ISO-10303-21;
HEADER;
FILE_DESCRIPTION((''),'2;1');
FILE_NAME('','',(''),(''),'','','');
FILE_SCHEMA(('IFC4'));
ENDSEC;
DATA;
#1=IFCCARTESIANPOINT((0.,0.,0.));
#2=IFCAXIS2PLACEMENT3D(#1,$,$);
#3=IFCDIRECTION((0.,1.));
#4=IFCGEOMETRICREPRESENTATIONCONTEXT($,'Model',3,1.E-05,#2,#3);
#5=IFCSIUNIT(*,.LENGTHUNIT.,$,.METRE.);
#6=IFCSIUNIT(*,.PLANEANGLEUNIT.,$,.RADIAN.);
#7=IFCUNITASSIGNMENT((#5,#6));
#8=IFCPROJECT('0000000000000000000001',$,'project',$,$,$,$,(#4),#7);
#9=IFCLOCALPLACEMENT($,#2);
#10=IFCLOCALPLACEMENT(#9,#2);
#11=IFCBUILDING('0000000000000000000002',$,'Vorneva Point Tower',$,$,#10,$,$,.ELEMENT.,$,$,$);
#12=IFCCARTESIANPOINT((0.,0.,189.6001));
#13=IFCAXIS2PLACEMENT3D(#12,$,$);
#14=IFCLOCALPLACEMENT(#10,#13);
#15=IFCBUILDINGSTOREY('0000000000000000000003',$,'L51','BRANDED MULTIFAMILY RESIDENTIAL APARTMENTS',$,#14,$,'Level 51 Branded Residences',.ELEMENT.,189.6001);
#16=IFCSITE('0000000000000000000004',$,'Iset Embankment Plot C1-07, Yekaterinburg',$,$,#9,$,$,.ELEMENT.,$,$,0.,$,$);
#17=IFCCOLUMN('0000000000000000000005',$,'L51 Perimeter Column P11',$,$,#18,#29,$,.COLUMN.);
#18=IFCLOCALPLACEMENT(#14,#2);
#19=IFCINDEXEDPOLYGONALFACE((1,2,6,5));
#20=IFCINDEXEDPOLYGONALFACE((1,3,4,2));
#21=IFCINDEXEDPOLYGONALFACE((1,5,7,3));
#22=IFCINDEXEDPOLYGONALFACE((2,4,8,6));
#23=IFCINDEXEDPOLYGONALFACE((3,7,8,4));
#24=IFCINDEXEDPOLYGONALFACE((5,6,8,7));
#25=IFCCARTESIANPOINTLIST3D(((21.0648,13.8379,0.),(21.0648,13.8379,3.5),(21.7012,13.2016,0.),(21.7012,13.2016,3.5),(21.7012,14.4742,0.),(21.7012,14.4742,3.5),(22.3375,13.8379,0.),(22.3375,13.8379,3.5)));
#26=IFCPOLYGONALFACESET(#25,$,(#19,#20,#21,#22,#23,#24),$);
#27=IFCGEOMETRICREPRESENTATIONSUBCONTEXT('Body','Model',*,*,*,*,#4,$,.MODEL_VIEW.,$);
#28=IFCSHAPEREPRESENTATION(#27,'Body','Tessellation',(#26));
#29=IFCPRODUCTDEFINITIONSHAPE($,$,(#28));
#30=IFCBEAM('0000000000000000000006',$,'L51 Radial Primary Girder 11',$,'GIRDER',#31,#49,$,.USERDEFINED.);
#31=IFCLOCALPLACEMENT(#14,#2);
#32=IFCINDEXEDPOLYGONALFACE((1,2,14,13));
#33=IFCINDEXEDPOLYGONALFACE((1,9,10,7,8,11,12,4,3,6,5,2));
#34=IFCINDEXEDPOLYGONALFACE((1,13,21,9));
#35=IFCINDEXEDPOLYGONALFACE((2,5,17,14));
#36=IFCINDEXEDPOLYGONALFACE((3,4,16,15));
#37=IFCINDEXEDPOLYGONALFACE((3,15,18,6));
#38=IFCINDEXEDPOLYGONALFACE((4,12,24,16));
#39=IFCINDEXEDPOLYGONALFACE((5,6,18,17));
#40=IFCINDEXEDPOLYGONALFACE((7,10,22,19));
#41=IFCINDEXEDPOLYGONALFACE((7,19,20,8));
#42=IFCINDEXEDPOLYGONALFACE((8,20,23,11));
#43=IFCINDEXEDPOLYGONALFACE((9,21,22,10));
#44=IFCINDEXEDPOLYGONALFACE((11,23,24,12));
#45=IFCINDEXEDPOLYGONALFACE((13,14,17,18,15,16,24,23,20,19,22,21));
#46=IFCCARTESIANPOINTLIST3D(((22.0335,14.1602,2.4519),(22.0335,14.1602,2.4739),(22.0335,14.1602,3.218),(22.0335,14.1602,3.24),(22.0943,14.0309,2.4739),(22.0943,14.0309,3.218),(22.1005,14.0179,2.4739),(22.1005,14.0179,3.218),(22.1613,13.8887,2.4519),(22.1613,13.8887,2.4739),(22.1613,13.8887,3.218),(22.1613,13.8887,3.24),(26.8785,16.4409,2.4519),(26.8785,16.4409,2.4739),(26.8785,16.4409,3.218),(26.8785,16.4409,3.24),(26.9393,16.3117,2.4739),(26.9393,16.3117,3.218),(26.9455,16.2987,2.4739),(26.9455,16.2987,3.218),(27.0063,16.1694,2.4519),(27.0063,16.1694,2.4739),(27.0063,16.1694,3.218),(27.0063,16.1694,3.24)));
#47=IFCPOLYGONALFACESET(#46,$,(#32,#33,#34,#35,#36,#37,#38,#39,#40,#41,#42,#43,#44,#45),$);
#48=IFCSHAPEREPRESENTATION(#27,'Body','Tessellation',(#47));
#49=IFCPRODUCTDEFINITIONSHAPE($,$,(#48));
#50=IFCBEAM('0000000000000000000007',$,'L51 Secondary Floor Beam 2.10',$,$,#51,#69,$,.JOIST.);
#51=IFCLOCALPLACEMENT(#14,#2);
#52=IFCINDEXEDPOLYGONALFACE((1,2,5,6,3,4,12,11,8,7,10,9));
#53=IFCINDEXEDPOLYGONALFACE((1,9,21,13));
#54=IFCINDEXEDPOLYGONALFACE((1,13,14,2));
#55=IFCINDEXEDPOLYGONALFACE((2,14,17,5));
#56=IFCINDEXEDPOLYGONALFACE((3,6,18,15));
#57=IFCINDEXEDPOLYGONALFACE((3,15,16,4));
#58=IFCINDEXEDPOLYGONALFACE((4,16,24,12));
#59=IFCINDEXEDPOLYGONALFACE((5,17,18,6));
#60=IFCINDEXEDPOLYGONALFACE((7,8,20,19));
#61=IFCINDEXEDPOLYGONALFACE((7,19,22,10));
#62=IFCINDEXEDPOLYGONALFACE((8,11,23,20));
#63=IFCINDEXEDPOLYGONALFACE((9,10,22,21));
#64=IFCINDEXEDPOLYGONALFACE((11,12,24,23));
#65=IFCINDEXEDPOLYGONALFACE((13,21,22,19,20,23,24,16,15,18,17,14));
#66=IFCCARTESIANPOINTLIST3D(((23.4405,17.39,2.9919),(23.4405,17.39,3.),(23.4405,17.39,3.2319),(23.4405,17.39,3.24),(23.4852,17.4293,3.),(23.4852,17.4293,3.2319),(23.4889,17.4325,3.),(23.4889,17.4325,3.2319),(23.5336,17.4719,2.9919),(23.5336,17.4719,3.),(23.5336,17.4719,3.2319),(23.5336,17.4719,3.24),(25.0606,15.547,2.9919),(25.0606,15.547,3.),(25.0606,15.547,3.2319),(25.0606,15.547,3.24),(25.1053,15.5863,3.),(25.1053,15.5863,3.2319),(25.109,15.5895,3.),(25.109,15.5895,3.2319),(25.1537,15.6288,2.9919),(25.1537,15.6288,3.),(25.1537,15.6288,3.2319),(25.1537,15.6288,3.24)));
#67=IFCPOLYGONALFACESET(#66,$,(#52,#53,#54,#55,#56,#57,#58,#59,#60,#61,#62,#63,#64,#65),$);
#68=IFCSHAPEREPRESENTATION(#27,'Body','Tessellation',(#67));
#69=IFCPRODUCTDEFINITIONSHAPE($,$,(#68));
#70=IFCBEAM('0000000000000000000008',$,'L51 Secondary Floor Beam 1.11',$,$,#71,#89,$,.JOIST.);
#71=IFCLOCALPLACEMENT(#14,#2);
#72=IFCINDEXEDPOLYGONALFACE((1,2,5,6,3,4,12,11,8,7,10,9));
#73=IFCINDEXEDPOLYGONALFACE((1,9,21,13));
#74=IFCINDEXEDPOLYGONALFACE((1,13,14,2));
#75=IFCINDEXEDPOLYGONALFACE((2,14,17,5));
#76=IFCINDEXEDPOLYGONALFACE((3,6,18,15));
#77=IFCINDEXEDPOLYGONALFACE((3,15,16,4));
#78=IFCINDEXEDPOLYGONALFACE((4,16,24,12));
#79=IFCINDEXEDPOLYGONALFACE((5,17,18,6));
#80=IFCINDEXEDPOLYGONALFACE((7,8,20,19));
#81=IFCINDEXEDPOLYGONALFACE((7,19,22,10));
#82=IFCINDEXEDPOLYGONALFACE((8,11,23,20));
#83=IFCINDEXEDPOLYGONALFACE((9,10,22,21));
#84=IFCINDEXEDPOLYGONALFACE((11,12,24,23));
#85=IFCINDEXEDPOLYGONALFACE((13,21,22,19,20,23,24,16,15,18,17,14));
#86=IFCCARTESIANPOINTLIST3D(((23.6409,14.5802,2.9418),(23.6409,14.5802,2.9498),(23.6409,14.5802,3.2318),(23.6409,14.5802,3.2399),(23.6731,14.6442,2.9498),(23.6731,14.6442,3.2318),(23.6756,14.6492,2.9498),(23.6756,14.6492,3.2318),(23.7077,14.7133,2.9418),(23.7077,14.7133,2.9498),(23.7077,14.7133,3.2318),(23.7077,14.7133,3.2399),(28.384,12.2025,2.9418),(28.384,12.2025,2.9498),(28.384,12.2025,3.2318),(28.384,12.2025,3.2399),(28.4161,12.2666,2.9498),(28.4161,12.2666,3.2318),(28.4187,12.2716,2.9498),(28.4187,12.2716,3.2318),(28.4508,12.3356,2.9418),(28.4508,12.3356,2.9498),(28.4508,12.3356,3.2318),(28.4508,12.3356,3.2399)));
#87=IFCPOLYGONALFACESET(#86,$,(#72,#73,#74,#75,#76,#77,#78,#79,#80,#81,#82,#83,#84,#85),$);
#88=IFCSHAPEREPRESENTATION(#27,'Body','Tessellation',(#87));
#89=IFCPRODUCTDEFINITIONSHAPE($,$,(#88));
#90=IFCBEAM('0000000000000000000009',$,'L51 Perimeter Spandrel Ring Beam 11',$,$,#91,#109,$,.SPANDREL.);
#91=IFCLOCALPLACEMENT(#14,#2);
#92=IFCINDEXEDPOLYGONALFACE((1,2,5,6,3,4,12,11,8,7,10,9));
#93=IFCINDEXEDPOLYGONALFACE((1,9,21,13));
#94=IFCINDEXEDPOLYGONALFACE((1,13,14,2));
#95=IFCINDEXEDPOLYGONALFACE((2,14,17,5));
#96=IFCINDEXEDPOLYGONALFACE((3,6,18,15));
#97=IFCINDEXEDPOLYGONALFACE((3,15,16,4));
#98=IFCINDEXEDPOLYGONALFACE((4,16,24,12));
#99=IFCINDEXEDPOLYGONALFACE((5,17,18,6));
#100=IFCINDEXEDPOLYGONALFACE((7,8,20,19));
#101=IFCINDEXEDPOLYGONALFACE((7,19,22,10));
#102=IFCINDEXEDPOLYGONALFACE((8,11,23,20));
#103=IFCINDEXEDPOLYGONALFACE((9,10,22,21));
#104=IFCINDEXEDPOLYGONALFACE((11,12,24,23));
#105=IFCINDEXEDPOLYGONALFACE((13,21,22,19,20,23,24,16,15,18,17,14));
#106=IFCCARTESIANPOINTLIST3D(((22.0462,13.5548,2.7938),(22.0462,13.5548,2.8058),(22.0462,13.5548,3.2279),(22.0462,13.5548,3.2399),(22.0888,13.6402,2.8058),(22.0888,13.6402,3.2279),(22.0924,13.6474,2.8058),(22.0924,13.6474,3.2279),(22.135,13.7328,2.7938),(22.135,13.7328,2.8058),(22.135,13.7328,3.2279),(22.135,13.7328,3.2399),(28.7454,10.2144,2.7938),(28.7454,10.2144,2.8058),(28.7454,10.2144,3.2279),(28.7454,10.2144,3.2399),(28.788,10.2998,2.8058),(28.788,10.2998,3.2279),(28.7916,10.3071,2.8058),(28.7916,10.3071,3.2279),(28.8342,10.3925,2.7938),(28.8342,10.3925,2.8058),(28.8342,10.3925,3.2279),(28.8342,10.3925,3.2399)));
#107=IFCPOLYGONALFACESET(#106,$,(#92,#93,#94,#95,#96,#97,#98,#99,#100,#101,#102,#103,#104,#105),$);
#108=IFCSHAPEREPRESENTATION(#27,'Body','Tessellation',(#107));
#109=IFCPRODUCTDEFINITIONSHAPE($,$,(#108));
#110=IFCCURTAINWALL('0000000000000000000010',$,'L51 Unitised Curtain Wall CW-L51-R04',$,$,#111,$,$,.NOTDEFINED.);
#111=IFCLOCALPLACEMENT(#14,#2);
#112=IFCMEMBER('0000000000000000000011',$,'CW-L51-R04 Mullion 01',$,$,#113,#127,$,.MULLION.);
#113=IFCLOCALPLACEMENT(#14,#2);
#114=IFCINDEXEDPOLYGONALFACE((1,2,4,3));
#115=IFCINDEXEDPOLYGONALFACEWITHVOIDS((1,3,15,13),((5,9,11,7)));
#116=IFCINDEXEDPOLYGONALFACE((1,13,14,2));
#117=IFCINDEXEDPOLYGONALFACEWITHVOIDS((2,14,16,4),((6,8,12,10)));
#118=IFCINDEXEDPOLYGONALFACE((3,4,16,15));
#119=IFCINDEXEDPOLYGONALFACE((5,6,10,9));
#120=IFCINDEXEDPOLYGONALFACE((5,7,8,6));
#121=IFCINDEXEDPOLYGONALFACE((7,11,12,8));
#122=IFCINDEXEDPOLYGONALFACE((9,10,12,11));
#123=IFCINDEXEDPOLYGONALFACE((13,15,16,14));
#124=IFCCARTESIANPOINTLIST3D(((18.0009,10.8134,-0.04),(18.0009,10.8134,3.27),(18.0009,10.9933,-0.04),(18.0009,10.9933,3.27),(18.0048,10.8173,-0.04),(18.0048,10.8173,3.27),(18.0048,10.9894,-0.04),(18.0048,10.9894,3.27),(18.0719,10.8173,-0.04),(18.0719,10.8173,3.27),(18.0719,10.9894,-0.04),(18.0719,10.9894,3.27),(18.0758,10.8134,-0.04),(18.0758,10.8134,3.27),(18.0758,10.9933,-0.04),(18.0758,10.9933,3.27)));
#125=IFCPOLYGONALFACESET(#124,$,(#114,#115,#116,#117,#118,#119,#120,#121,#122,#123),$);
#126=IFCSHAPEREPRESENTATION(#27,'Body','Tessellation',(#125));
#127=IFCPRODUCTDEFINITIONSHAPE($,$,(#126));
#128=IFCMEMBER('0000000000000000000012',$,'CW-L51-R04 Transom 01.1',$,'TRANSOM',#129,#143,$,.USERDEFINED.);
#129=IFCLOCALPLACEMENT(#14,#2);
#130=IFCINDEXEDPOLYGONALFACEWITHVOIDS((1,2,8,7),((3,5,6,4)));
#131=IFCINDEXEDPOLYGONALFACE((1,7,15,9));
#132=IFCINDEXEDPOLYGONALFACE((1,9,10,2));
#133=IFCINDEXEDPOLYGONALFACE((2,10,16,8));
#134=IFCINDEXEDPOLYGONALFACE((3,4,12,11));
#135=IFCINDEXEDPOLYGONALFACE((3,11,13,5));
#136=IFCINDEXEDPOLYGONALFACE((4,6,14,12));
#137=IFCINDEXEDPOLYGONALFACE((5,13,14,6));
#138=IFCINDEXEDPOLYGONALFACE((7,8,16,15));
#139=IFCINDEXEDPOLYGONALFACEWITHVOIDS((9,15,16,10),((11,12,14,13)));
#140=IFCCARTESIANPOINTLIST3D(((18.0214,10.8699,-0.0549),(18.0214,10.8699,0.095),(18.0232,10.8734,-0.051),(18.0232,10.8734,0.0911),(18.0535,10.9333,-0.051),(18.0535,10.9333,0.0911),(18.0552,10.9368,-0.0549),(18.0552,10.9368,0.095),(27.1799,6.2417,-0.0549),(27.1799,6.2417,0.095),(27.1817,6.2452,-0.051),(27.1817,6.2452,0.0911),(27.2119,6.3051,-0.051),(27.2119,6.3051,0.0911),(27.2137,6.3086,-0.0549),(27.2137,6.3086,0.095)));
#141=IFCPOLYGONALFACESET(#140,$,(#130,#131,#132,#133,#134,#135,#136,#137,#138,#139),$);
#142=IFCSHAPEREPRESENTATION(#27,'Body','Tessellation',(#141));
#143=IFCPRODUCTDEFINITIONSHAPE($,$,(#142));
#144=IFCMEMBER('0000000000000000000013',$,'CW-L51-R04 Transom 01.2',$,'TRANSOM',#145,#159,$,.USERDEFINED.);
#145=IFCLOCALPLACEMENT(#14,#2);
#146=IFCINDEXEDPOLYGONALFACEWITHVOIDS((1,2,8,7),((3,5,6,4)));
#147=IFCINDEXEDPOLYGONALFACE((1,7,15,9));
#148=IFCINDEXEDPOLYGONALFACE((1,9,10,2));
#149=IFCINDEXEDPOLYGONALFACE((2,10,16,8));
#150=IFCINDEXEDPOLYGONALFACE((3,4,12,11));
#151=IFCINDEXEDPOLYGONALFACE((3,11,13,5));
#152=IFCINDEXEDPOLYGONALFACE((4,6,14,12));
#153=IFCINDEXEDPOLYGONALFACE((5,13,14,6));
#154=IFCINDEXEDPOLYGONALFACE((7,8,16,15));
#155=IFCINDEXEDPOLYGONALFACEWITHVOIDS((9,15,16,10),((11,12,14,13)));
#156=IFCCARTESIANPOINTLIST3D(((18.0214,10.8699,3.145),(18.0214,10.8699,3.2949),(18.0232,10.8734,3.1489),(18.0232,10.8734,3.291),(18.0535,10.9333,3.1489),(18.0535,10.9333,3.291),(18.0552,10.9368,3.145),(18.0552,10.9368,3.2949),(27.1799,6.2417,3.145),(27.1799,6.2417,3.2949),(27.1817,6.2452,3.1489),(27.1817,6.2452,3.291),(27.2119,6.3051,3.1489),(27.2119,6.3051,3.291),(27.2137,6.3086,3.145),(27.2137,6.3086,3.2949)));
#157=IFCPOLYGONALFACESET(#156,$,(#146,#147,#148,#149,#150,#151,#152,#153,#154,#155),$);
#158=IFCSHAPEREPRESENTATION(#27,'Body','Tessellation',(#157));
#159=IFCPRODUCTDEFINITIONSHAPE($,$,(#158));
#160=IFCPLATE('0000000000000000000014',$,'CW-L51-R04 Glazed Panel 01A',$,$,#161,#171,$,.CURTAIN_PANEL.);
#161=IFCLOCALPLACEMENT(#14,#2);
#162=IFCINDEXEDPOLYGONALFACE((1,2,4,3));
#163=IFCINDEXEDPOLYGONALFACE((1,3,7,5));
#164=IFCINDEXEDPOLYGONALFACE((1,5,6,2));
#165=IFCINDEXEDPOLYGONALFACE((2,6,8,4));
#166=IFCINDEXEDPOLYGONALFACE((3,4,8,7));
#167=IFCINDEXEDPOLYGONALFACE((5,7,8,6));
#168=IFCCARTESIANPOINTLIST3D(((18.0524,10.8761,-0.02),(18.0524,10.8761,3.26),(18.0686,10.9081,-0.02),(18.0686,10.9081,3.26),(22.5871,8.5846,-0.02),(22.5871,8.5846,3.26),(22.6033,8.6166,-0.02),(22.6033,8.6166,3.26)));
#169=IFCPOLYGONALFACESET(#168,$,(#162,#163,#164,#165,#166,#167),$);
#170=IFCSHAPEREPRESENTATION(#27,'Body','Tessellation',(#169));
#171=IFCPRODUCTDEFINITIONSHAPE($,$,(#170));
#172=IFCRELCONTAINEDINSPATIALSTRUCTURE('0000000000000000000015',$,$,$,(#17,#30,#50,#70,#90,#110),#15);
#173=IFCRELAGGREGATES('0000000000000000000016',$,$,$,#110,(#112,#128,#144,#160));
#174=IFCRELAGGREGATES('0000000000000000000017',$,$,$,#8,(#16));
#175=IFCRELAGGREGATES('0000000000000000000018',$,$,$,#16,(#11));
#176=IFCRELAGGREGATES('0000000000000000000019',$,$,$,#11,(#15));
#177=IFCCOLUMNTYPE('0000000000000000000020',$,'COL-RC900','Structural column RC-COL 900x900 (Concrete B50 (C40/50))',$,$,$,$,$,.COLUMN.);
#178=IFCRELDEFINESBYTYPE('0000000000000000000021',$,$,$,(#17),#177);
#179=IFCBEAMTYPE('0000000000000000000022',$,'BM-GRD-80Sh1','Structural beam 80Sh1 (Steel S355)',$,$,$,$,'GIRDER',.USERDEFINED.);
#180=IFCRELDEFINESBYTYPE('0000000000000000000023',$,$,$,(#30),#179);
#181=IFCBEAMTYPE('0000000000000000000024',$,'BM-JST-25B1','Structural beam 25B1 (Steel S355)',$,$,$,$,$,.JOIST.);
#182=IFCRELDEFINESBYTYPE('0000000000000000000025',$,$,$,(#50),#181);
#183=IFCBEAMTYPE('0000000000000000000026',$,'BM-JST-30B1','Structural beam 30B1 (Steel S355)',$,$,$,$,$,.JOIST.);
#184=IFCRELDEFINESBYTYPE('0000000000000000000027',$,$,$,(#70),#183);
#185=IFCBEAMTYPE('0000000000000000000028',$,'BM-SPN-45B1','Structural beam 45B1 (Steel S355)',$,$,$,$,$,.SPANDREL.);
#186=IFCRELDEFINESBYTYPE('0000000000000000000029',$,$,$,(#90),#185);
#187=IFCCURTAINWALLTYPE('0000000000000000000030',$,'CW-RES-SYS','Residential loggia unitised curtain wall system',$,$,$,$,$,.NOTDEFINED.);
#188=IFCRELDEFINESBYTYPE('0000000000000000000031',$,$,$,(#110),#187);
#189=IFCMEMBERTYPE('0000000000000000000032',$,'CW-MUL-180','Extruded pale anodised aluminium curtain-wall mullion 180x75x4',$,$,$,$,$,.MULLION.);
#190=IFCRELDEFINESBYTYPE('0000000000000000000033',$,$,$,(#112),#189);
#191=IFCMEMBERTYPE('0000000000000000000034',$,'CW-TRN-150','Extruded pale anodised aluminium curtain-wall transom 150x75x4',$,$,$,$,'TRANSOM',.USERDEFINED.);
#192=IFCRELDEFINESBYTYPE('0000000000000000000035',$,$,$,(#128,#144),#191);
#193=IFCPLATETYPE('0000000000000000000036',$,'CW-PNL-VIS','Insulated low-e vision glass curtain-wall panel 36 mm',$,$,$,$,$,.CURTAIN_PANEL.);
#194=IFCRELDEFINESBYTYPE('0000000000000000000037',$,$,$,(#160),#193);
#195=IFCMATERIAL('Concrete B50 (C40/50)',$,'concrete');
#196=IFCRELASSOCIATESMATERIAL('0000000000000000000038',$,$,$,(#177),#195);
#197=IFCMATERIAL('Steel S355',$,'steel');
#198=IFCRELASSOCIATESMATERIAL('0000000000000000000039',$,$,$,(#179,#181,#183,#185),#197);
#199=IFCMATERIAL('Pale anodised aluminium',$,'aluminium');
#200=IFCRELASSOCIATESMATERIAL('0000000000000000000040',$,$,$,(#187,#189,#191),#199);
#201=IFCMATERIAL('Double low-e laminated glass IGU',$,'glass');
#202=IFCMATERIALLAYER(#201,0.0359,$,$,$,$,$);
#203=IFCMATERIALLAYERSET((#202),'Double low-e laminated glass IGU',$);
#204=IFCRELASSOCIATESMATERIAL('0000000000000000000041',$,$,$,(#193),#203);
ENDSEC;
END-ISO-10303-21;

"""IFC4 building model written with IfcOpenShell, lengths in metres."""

from ifc_helpers import new_model, si_unit, direction, frame, origin, origin_2d, place, context, subcontext, project, spatial, rectangle, hollow_rectangle, i_section, extrude, material, layer, layer_set, material_profile, profile_set, type_object, element, aggregate, save


model = new_model("IFC4")

# Units and contexts
model_context = context("Model", 3, precision=1e-05, world=origin(), true_north=direction((0.0, 1.0)))
body_context = subcontext(model_context, "Body", "Model", "MODEL_VIEW")
ifc_project = project(units=[si_unit("LENGTHUNIT", "METRE"), si_unit("PLANEANGLEUNIT", "RADIAN")], contexts=[model_context])

# Site, building, storey
site_placement = place(None, origin())
site = spatial("IfcSite", under=ifc_project, at=site_placement, Name="Iset Embankment Plot C1-07, Yekaterinburg", CompositionType="ELEMENT", RefElevation=0.0)
building_placement = place(site_placement, origin())
building = spatial("IfcBuilding", under=site, at=building_placement, Name="Vorneva Point Tower", CompositionType="ELEMENT")
storey_placement = place(building_placement, frame((0.0, 0.0, 189.6001)))
storey = spatial("IfcBuildingStorey", under=building, at=storey_placement, Name="L51", Description="BRANDED MULTIFAMILY RESIDENTIAL APARTMENTS", LongName="Level 51 Branded Residences", CompositionType="ELEMENT", Elevation=189.6001)

# Column
ifc_material_1 = material(Name="Concrete B50 (C40/50)", Category="concrete")
ifc_material_profile_1 = material_profile(ifc_material_1, rectangle(XDim=0.8999, YDim=0.8999, at=origin_2d()), Name="RC-COL 900x900")
ifc_profile_set_1 = profile_set([ifc_material_profile_1], Name="Concrete B50 (C40/50)")
column_type = type_object("IfcColumnType", Name="COL-RC900", Description="Structural column RC-COL 900x900 (Concrete B50 (C40/50))", PredefinedType="COLUMN", material=ifc_profile_set_1)
column_placement = place(storey_placement, frame((21.7012, 13.8379, 0.0), z_axis=(0.0, 0.0, 1.0), x_axis=(-0.707107, -0.707107, 0.0)))
element("IfcColumn", 1, at=column_placement, inside=storey, type_object=column_type, Name="L51 Perimeter Column P11", PredefinedType="COLUMN", context=body_context, shape_type="SweptSolid", body=[
    extrude(rectangle(XDim=0.8999, YDim=0.8999, at=origin_2d()), origin(), (0.0, 0.0, 1.0), 3.5),
])

# Beams
ifc_material_2 = material(Name="Steel S355", Category="steel")
ifc_material_profile_2 = material_profile(ifc_material_2, i_section(OverallWidth=0.3, OverallDepth=0.7881, WebThickness=0.0144, FlangeThickness=0.022, at=origin_2d()), Name="80Sh1")
ifc_profile_set_2 = profile_set([ifc_material_profile_2], Name="Steel S355")
beam_type_1 = type_object("IfcBeamType", Name="BM-GRD-80Sh1", Description="Structural beam 80Sh1 (Steel S355)", ElementType="GIRDER", PredefinedType="USERDEFINED", material=ifc_profile_set_2)
beam_1_placement = place(storey_placement, frame((22.0974, 14.0244, 2.8459), z_axis=(0.904763, 0.425916, 0.0), x_axis=(-0.425916, 0.904763, 0.0)))
element("IfcBeam", 2, at=beam_1_placement, inside=storey, type_object=beam_type_1, Name="L51 Radial Primary Girder 11", ObjectType="GIRDER", PredefinedType="USERDEFINED", context=body_context, shape_type="SweptSolid", body=[
    extrude(i_section(OverallWidth=0.3, OverallDepth=0.7881, WebThickness=0.0144, FlangeThickness=0.022, at=origin_2d()), origin(), (0.0, 0.0, 1.0), 5.355),
])
ifc_material_profile_3 = material_profile(ifc_material_2, i_section(OverallWidth=0.124, OverallDepth=0.248, WebThickness=0.0049, FlangeThickness=0.0081, at=origin_2d()), Name="25B1")
ifc_profile_set_3 = profile_set([ifc_material_profile_3], Name="Steel S355")
beam_type_2 = type_object("IfcBeamType", Name="BM-JST-25B1", Description="Structural beam 25B1 (Steel S355)", PredefinedType="JOIST", material=ifc_profile_set_3)
beam_2_placement = place(storey_placement, frame((23.4871, 17.4309, 3.116), z_axis=(0.660229, -0.751065, 0.0), x_axis=(0.751065, 0.660229, 0.0)))
element("IfcBeam", 3, at=beam_2_placement, inside=storey, type_object=beam_type_2, Name="L51 Secondary Floor Beam 2.10", PredefinedType="JOIST", context=body_context, shape_type="SweptSolid", body=[
    extrude(i_section(OverallWidth=0.124, OverallDepth=0.248, WebThickness=0.0049, FlangeThickness=0.0081, at=origin_2d()), origin(), (0.0, 0.0, 1.0), 2.4539),
])
ifc_material_profile_4 = material_profile(ifc_material_2, i_section(OverallWidth=0.1489, OverallDepth=0.2981, WebThickness=0.0056, FlangeThickness=0.0081, at=origin_2d()), Name="30B1")
ifc_profile_set_4 = profile_set([ifc_material_profile_4], Name="Steel S355")
beam_type_3 = type_object("IfcBeamType", Name="BM-JST-30B1", Description="Structural beam 30B1 (Steel S355)", PredefinedType="JOIST", material=ifc_profile_set_4)
beam_3_placement = place(storey_placement, frame((23.6743, 14.6467, 3.0908), z_axis=(0.893967, -0.448134, 0.0), x_axis=(0.448134, 0.893967, 0.0)))
element("IfcBeam", 4, at=beam_3_placement, inside=storey, type_object=beam_type_3, Name="L51 Secondary Floor Beam 1.11", PredefinedType="JOIST", context=body_context, shape_type="SweptSolid", body=[
    extrude(i_section(OverallWidth=0.1489, OverallDepth=0.2981, WebThickness=0.0056, FlangeThickness=0.0081, at=origin_2d()), origin(), (0.0, 0.0, 1.0), 5.3057),
])
ifc_material_profile_5 = material_profile(ifc_material_2, i_section(OverallWidth=0.199, OverallDepth=0.446, WebThickness=0.0081, FlangeThickness=0.012, at=origin_2d()), Name="45B1")
ifc_profile_set_5 = profile_set([ifc_material_profile_5], Name="Steel S355")
beam_type_4 = type_object("IfcBeamType", Name="BM-SPN-45B1", Description="Structural beam 45B1 (Steel S355)", PredefinedType="SPANDREL", material=ifc_profile_set_5)
beam_4_placement = place(storey_placement, frame((22.0906, 13.6438, 3.0168), z_axis=(0.894922, -0.446222, 0.0), x_axis=(0.446222, 0.894922, 0.0)))
element("IfcBeam", 5, at=beam_4_placement, inside=storey, type_object=beam_type_4, Name="L51 Perimeter Spandrel Ring Beam 11", PredefinedType="SPANDREL", context=body_context, shape_type="SweptSolid", body=[
    extrude(i_section(OverallWidth=0.199, OverallDepth=0.446, WebThickness=0.0081, FlangeThickness=0.012, at=origin_2d()), origin(), (0.0, 0.0, 1.0), 7.4858),
])

# Curtain wall, members, plate
ifc_material_3 = material(Name="Pale anodised aluminium", Category="aluminium")
curtain_wall_type = type_object("IfcCurtainWallType", Name="CW-RES-SYS", Description="Residential loggia unitised curtain wall system", PredefinedType="NOTDEFINED", material=ifc_material_3)
curtain_wall_placement = place(storey_placement, origin())
curtain_wall = element("IfcCurtainWall", 6, at=curtain_wall_placement, inside=storey, type_object=curtain_wall_type, Name="L51 Unitised Curtain Wall CW-L51-R04", PredefinedType="NOTDEFINED")
ifc_material_profile_6 = material_profile(ifc_material_3, hollow_rectangle(XDim=0.075, YDim=0.1799, WallThickness=0.0039, at=origin_2d()), Name="AL-MUL 180x75x4")
ifc_profile_set_6 = profile_set([ifc_material_profile_6], Name="Pale anodised aluminium")
member_type_1 = type_object("IfcMemberType", Name="CW-MUL-180", Description="Extruded pale anodised aluminium curtain-wall mullion 180x75x4", PredefinedType="MULLION", material=ifc_profile_set_6)
member_1_placement = place(storey_placement, frame((18.0383, 10.9033, -0.04), z_axis=(0.0, 0.0, 1.0), x_axis=(1.0, 0.0, 0.0)))
member_1 = element("IfcMember", 7, at=member_1_placement, type_object=member_type_1, Name="CW-L51-R04 Mullion 01", PredefinedType="MULLION", context=body_context, shape_type="SweptSolid", body=[
    extrude(hollow_rectangle(XDim=0.075, YDim=0.1799, WallThickness=0.0039, at=origin_2d()), origin(), (0.0, 0.0, 1.0), 3.3101),
])
ifc_material_profile_7 = material_profile(ifc_material_3, hollow_rectangle(XDim=0.075, YDim=0.1499, WallThickness=0.0039, at=origin_2d()), Name="AL-TRN 150x75x4")
ifc_profile_set_7 = profile_set([ifc_material_profile_7], Name="Pale anodised aluminium")
member_type_2 = type_object("IfcMemberType", Name="CW-TRN-150", Description="Extruded pale anodised aluminium curtain-wall transom 150x75x4", ElementType="TRANSOM", PredefinedType="USERDEFINED", material=ifc_profile_set_7)
member_2_placement = place(storey_placement, frame((18.0383, 10.9033, 0.02), z_axis=(0.892511, -0.451026, 0.0), x_axis=(0.451026, 0.892511, 0.0)))
member_2 = element("IfcMember", 8, at=member_2_placement, type_object=member_type_2, Name="CW-L51-R04 Transom 01.1", ObjectType="TRANSOM", PredefinedType="USERDEFINED", context=body_context, shape_type="SweptSolid", body=[
    extrude(hollow_rectangle(XDim=0.075, YDim=0.1499, WallThickness=0.0039, at=origin_2d()), origin(), (0.0, 0.0, 1.0), 10.2615),
])
member_3_placement = place(storey_placement, frame((18.0383, 10.9033, 3.22), z_axis=(0.892511, -0.451026, 0.0), x_axis=(0.451026, 0.892511, 0.0)))
member_3 = element("IfcMember", 9, at=member_3_placement, type_object=member_type_2, Name="CW-L51-R04 Transom 01.2", ObjectType="TRANSOM", PredefinedType="USERDEFINED", context=body_context, shape_type="SweptSolid", body=[
    extrude(hollow_rectangle(XDim=0.075, YDim=0.1499, WallThickness=0.0039, at=origin_2d()), origin(), (0.0, 0.0, 1.0), 10.2615),
])
ifc_material_4 = material(Name="Double low-e laminated glass IGU", Category="glass")
ifc_layer_1 = layer(ifc_material_4, 0.0359)
ifc_layer_set_1 = layer_set([ifc_layer_1], Name="Double low-e laminated glass IGU")
plate_type = type_object("IfcPlateType", Name="CW-PNL-VIS", Description="Insulated low-e vision glass curtain-wall panel 36 mm", PredefinedType="CURTAIN_PANEL", material=ifc_layer_set_1)
plate_1_placement = place(storey_placement, frame((20.3279, 9.7463, -0.02), z_axis=(0.0, 0.0, 1.0), x_axis=(0.892515, -0.451018, 0.0)))
plate_1 = element("IfcPlate", 10, at=plate_1_placement, type_object=plate_type, Name="CW-L51-R04 Glazed Panel 01A", PredefinedType="CURTAIN_PANEL", context=body_context, shape_type="SweptSolid", body=[
    extrude(rectangle(XDim=5.0808, YDim=0.0359, at=origin_2d()), origin(), (0.0, 0.0, 1.0), 3.28),
])
aggregate(curtain_wall, [member_1, member_2, member_3, plate_1])

save(model, "model.ifc")
